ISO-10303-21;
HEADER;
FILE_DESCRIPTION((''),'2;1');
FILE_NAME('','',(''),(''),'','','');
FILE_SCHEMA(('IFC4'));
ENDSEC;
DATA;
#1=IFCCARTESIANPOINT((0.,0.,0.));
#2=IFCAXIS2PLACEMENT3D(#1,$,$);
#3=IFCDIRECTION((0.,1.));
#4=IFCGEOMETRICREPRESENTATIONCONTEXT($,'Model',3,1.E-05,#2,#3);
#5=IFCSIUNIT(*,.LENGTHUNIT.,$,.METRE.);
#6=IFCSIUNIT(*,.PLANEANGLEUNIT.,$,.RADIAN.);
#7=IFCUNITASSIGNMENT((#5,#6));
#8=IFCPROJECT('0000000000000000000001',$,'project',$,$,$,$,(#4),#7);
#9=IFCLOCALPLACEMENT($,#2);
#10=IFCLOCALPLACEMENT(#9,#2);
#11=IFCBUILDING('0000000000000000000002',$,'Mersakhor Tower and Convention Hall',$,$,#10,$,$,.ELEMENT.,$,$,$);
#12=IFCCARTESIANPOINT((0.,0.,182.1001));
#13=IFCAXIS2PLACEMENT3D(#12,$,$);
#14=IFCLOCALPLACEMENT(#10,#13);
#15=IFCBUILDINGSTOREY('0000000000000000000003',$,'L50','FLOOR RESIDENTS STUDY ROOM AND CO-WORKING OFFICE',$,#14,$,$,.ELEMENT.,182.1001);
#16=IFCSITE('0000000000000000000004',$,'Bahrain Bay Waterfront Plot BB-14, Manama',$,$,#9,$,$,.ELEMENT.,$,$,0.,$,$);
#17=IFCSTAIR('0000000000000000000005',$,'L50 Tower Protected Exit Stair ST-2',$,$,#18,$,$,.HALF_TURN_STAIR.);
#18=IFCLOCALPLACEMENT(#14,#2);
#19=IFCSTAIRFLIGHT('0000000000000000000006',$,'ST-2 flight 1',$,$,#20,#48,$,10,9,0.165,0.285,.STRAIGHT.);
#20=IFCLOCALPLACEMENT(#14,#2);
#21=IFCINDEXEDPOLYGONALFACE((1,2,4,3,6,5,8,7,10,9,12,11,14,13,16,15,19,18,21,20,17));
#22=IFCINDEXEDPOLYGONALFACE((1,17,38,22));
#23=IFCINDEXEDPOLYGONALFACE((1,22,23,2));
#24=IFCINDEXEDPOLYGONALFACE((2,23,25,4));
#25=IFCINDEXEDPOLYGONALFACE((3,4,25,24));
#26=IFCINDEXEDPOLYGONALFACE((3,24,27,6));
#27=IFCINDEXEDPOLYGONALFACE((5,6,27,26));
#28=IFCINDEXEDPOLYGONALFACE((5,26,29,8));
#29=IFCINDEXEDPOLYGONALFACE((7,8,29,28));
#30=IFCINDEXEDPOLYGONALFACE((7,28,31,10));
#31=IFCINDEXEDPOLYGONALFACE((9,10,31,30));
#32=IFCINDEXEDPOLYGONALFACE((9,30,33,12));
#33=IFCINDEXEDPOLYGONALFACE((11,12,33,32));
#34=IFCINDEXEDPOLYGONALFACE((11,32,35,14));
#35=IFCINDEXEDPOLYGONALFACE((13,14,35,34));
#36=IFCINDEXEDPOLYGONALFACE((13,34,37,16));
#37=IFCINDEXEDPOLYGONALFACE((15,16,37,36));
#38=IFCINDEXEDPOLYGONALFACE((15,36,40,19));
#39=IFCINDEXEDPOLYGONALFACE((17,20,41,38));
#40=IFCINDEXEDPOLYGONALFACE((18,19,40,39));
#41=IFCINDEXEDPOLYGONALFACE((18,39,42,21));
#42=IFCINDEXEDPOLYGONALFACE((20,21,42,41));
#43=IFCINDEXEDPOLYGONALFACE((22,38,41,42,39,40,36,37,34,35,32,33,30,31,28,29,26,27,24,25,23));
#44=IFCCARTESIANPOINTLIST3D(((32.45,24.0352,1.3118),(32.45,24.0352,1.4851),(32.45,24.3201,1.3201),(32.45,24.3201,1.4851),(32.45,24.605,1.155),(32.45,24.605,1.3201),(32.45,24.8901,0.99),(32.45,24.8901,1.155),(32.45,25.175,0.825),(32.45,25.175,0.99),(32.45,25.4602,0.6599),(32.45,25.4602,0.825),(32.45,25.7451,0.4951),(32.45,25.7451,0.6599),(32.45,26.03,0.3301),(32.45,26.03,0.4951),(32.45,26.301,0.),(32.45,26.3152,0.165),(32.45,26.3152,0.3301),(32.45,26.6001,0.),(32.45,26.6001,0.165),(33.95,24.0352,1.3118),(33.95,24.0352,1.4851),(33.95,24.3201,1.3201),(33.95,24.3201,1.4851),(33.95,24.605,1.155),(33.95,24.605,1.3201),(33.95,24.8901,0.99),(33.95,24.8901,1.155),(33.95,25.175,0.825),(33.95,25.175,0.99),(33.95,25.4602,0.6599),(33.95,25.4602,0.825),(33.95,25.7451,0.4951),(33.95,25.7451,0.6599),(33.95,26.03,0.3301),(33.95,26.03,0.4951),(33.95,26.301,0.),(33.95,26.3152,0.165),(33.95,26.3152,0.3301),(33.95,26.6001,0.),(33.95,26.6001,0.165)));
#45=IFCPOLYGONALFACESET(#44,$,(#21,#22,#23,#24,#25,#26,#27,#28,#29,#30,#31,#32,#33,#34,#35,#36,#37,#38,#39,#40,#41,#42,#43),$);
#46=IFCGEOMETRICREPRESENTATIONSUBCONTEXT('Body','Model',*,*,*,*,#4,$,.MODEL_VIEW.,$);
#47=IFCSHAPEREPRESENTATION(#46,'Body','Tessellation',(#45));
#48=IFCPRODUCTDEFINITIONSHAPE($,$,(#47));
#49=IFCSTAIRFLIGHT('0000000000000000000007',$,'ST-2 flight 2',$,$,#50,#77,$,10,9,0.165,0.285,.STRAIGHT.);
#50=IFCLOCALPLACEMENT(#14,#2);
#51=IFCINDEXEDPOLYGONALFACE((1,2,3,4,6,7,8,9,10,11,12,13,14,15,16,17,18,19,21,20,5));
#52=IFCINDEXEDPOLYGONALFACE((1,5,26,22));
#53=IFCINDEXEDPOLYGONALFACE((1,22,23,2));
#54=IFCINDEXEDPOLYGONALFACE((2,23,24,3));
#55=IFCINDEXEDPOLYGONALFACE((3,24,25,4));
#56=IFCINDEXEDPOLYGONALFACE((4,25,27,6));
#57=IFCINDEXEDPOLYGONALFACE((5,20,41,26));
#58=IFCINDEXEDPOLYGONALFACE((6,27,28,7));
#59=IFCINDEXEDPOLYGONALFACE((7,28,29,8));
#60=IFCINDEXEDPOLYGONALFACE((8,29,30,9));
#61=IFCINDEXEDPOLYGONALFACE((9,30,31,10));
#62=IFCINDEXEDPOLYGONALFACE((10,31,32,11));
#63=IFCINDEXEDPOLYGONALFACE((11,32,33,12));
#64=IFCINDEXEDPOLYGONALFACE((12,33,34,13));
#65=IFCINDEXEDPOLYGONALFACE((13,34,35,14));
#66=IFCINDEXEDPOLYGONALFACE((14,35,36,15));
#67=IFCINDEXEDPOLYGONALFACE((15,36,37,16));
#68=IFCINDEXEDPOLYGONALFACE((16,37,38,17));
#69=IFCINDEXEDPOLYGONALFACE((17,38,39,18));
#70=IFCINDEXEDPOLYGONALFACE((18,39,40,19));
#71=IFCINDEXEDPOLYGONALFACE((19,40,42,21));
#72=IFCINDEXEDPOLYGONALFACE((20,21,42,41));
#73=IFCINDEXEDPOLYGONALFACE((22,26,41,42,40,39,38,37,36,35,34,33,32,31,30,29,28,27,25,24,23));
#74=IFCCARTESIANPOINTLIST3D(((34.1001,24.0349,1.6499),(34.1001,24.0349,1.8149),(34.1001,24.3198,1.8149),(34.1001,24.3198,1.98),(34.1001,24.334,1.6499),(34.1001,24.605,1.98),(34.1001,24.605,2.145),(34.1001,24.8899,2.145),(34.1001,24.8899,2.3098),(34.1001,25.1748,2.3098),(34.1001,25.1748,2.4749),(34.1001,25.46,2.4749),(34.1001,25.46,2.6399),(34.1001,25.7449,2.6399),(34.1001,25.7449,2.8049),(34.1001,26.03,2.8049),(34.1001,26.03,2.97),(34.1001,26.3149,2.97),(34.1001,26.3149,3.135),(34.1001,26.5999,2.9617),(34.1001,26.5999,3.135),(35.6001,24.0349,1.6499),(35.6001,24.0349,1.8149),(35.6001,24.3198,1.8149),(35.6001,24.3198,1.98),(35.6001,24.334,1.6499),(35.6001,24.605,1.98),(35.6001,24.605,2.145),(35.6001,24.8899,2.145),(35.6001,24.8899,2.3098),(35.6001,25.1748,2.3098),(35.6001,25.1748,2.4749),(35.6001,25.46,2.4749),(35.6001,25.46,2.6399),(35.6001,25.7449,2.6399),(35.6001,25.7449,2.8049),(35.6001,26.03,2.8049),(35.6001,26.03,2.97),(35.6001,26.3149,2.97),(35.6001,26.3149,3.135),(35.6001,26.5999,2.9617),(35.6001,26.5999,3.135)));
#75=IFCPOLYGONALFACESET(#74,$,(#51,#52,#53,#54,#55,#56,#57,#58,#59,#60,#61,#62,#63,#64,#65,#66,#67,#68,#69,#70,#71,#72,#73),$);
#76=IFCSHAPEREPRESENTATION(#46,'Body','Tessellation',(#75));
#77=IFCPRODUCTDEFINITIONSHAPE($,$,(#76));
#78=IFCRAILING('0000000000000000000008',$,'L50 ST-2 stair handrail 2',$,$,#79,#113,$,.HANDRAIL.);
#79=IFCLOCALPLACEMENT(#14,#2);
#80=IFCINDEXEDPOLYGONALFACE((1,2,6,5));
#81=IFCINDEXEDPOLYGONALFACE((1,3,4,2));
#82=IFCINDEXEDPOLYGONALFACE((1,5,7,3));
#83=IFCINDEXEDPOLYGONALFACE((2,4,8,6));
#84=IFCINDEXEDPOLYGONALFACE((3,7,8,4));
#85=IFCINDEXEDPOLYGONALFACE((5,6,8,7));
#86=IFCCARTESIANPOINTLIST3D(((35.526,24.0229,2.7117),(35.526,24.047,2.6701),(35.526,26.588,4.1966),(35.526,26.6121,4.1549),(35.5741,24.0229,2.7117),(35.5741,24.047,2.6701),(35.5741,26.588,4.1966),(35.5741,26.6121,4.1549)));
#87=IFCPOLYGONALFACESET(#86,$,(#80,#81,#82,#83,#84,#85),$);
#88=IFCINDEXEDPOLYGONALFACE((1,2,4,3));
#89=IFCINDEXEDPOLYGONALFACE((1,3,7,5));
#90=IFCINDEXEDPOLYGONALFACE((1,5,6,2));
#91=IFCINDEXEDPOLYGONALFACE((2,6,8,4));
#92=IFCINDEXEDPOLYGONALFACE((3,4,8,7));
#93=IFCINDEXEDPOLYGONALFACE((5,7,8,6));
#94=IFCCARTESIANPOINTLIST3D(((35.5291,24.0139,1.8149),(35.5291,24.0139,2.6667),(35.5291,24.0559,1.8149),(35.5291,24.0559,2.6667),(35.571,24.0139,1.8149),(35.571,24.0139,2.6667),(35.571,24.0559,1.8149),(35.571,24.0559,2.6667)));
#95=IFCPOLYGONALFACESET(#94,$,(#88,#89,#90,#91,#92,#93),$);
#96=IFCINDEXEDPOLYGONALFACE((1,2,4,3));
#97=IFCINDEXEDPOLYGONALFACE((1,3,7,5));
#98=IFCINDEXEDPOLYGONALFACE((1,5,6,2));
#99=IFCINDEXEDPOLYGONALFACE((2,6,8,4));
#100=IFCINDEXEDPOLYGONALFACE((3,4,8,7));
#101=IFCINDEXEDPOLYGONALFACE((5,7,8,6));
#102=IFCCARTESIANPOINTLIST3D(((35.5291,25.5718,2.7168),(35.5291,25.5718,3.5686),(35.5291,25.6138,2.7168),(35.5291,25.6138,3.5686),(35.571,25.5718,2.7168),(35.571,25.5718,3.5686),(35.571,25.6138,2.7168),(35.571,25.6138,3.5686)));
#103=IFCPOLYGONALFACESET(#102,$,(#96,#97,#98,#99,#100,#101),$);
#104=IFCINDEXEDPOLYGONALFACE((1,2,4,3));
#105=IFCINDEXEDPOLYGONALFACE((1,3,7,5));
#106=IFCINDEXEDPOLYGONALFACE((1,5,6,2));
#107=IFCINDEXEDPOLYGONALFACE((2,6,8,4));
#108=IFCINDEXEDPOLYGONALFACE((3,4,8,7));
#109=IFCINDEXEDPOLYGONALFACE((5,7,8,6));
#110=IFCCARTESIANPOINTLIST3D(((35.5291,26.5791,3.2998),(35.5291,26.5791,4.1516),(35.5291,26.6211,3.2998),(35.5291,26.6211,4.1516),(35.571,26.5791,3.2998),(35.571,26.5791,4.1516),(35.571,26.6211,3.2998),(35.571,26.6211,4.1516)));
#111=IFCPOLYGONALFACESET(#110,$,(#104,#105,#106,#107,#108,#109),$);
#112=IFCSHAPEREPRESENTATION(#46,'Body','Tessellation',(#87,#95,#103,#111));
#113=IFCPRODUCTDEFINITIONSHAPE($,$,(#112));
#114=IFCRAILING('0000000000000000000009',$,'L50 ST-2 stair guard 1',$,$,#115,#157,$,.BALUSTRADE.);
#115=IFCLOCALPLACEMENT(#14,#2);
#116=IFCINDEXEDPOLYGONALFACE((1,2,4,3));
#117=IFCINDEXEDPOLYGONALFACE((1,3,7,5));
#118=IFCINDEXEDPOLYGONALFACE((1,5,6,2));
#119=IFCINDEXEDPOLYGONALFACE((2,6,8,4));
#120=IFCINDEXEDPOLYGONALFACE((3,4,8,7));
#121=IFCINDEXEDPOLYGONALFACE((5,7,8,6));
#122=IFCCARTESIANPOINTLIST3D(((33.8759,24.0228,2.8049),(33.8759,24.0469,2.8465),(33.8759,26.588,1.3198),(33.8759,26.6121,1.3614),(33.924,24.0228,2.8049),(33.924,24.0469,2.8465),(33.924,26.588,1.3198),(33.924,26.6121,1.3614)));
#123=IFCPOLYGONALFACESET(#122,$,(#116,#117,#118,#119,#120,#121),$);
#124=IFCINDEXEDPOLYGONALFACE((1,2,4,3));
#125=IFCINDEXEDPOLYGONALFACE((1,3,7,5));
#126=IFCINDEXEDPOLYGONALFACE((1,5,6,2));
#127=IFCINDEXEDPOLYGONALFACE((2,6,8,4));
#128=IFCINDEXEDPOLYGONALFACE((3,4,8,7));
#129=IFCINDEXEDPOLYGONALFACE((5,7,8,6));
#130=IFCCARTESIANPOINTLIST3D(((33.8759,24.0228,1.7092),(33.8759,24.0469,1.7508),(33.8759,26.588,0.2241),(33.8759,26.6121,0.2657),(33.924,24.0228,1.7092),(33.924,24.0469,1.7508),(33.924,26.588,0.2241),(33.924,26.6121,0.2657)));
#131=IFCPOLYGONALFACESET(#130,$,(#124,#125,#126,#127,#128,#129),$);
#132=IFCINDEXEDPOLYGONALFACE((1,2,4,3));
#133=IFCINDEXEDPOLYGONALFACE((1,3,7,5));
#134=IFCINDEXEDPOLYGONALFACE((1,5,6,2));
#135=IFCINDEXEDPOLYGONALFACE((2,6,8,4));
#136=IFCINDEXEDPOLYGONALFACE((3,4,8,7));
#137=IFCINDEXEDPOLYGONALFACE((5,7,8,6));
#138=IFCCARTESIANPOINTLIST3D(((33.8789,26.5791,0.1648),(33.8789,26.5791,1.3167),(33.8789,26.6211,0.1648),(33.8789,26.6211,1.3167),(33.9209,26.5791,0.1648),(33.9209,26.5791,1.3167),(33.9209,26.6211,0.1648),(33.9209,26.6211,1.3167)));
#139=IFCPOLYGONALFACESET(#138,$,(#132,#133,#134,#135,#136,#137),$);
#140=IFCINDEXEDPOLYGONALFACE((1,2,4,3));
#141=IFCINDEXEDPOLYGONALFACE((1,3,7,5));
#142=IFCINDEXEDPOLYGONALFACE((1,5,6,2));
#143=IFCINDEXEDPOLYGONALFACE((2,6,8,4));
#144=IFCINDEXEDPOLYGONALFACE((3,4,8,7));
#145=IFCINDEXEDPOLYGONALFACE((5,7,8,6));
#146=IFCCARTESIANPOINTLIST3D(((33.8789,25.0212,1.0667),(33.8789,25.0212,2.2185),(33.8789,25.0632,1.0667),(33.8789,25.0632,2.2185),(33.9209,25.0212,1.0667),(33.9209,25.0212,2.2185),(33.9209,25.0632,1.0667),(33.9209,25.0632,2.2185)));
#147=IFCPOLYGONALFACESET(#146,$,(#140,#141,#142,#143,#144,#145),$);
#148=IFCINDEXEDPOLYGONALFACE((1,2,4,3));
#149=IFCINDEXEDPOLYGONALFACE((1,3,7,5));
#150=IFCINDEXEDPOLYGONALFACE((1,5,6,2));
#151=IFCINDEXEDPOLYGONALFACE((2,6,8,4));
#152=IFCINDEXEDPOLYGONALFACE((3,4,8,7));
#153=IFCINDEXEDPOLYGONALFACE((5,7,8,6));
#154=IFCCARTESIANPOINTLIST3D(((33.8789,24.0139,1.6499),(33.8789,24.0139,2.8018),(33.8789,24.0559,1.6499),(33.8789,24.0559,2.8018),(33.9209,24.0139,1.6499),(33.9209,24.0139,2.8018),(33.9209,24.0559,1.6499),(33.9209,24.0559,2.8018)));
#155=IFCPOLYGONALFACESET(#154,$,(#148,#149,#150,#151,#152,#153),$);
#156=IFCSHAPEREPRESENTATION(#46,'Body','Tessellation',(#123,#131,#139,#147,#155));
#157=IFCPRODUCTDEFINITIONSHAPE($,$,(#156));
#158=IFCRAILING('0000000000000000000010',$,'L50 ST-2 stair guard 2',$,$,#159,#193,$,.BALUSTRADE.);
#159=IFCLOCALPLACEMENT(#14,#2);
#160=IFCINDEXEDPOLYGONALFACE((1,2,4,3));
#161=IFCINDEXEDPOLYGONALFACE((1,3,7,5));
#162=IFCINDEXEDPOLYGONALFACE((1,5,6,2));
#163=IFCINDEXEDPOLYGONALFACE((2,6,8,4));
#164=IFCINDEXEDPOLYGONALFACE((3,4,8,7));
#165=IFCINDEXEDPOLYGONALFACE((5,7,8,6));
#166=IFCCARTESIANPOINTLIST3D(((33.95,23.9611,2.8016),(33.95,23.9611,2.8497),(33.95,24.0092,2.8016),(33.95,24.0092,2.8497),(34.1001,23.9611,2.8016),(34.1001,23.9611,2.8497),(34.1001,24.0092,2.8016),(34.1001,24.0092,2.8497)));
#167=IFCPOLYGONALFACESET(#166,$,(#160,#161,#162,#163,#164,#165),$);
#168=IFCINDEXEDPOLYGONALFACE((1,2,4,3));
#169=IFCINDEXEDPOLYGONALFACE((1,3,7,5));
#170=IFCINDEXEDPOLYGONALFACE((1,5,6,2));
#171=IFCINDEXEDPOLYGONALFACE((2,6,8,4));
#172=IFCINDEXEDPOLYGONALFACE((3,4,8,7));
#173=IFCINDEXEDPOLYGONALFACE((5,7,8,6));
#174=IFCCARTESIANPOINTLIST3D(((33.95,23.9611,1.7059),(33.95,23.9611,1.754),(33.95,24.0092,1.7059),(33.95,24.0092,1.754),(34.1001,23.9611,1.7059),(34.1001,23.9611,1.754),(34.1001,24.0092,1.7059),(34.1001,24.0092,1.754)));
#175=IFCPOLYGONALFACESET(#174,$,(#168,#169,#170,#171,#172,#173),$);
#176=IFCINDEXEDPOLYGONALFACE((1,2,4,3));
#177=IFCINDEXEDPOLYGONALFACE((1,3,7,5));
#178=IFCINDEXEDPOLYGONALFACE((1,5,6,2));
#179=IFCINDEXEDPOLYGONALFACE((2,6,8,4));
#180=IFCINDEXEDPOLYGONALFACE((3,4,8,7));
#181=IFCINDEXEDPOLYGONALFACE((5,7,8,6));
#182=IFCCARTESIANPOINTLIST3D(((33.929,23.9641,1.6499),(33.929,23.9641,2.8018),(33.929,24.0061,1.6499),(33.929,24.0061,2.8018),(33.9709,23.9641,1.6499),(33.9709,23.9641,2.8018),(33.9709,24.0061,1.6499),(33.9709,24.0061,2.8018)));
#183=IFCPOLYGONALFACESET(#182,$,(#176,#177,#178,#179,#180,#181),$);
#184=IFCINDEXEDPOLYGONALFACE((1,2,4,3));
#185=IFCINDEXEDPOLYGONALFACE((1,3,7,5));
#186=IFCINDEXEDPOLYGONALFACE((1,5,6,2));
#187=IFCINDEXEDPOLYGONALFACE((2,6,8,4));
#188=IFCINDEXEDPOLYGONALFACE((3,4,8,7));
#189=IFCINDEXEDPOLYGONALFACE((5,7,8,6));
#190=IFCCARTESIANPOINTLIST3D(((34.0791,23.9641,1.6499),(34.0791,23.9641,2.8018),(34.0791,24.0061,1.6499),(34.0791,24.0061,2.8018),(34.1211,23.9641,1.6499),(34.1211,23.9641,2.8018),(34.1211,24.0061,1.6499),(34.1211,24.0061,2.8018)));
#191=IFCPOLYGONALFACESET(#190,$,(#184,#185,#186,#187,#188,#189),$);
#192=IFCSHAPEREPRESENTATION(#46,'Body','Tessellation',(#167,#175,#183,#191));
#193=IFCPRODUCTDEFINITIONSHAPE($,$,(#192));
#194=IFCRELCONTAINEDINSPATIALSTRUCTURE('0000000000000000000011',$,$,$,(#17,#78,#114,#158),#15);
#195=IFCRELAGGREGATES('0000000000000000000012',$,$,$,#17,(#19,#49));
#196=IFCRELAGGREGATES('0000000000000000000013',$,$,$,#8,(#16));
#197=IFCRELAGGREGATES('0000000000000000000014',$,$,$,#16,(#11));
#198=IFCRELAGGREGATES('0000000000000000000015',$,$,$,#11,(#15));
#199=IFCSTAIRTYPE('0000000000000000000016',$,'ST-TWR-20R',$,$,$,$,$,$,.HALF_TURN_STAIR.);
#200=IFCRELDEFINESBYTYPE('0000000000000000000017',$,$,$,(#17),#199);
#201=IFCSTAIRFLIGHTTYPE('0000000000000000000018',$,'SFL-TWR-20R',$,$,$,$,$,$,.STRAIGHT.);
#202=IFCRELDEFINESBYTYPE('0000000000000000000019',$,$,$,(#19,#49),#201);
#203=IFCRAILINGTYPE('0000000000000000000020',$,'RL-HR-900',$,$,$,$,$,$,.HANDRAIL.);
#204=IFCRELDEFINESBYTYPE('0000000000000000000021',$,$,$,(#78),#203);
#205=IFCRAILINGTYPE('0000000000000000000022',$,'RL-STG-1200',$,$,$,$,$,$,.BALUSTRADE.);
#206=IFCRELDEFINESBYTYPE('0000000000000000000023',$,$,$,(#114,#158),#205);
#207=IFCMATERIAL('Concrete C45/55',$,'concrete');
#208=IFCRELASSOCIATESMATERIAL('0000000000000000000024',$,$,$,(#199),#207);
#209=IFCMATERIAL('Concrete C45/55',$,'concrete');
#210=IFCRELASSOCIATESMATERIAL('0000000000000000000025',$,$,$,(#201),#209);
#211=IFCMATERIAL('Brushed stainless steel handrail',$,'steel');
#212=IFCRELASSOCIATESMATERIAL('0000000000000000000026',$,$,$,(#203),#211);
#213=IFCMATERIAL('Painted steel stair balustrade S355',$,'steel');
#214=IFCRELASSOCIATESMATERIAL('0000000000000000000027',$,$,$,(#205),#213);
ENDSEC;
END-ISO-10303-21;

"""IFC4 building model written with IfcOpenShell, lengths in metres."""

from ifc_helpers import new_model, si_unit, direction, frame, origin, origin_2d, place, context, subcontext, project, spatial, polyline, rectangle, outline, extrude, material, type_object, element, aggregate, save


model = new_model("IFC4")

# Units and contexts
model_context = context("Model", 3, precision=1e-05, world=origin(), true_north=direction((0.0, 1.0)))
body_context = subcontext(model_context, "Body", "Model", "MODEL_VIEW")
ifc_project = project(units=[si_unit("LENGTHUNIT", "METRE"), si_unit("PLANEANGLEUNIT", "RADIAN")], contexts=[model_context])

# Site, building, storey
site_placement = place(None, origin())
site = spatial("IfcSite", under=ifc_project, at=site_placement, Name="Bahrain Bay Waterfront Plot BB-14, Manama", CompositionType="ELEMENT", RefElevation=0.0)
building_placement = place(site_placement, origin())
building = spatial("IfcBuilding", under=site, at=building_placement, Name="Mersakhor Tower and Convention Hall", CompositionType="ELEMENT")
storey_placement = place(building_placement, frame((0.0, 0.0, 182.1001)))
storey = spatial("IfcBuildingStorey", under=building, at=storey_placement, Name="L50", Description="FLOOR RESIDENTS STUDY ROOM AND CO-WORKING OFFICE", CompositionType="ELEMENT", Elevation=182.1001)

# Stair, stair flights
ifc_material_1 = material(Name="Concrete C45/55", Category="concrete")
stair_type = type_object("IfcStairType", Name="ST-TWR-20R", PredefinedType="HALF_TURN_STAIR", material=ifc_material_1)
stair_placement = place(storey_placement, origin())
stair = element("IfcStair", 1, at=stair_placement, inside=storey, type_object=stair_type, Name="L50 Tower Protected Exit Stair ST-2", PredefinedType="HALF_TURN_STAIR")
ifc_material_2 = material(Name="Concrete C45/55", Category="concrete")
stair_flight_type = type_object("IfcStairFlightType", Name="SFL-TWR-20R", PredefinedType="STRAIGHT", material=ifc_material_2)
stair_flight_1_placement = place(storey_placement, frame((33.2, 26.6001, 0.0), z_axis=(0.0, 0.0, 1.0), x_axis=(0.0, -1.0, 0.0)))
stair_flight_1 = element("IfcStairFlight", 2, at=stair_flight_1_placement, type_object=stair_flight_type, Name="ST-2 flight 1", NumberOfRisers=10, NumberOfTreads=9, PredefinedType="STRAIGHT", RiserHeight=0.165, TreadLength=0.285, context=body_context, shape_type="SweptSolid", body=[
    extrude(outline(polyline([(0.0, 0.0), (0.0, 0.165), (0.2849, 0.165), (0.2849, 0.3301), (0.5701, 0.3301), (0.5701, 0.4951), (0.855, 0.4951), (0.855, 0.6599), (1.1399, 0.6599), (1.1399, 0.825), (1.425, 0.825), (1.425, 0.99), (1.71, 0.99), (1.71, 1.155), (1.9951, 1.155), (1.9951, 1.3201), (2.28, 1.3201), (2.28, 1.4851), (2.5649, 1.4851), (2.5649, 1.6499), (2.5649, 1.3118), (0.2991, 0.0), (0.0, 0.0)])), frame((0.0, 0.75, 0.0), z_axis=(0.0, -1.0, 0.0), x_axis=(1.0, 0.0, 0.0)), (0.0, 0.0, 1.0), 1.5),
])
stair_flight_2_placement = place(storey_placement, frame((34.8501, 24.0349, 1.6499), z_axis=(0.0, 0.0, 1.0), x_axis=(0.0, 1.0, 0.0)))
stair_flight_2 = element("IfcStairFlight", 3, at=stair_flight_2_placement, type_object=stair_flight_type, Name="ST-2 flight 2", NumberOfRisers=10, NumberOfTreads=9, PredefinedType="STRAIGHT", RiserHeight=0.165, TreadLength=0.285, context=body_context, shape_type="SweptSolid", body=[
    extrude(outline(polyline([(0.0, 0.0), (0.0, 0.165), (0.2849, 0.165), (0.2849, 0.3301), (0.5701, 0.3301), (0.5701, 0.4951), (0.855, 0.4951), (0.855, 0.6599), (1.1399, 0.6599), (1.1399, 0.825), (1.425, 0.825), (1.425, 0.99), (1.71, 0.99), (1.71, 1.155), (1.9951, 1.155), (1.9951, 1.3201), (2.28, 1.3201), (2.28, 1.4851), (2.5649, 1.4851), (2.5649, 1.6499), (2.5649, 1.3118), (0.2991, 0.0), (0.0, 0.0)])), frame((0.0, 0.75, 0.0), z_axis=(0.0, -1.0, 0.0), x_axis=(1.0, 0.0, 0.0)), (0.0, 0.0, 1.0), 1.5),
])
aggregate(stair, [stair_flight_1, stair_flight_2])

# Railings
ifc_material_3 = material(Name="Brushed stainless steel handrail", Category="steel")
railing_type_1 = type_object("IfcRailingType", Name="RL-HR-900", PredefinedType="HANDRAIL", material=ifc_material_3)
railing_1_placement = place(storey_placement, frame((35.55, 24.0349, 1.8149)))
element("IfcRailing", 4, at=railing_1_placement, inside=storey, type_object=railing_type_1, Name="L50 ST-2 stair handrail 2", PredefinedType="HANDRAIL", context=body_context, shape_type="SweptSolid", body=[
    extrude(rectangle(XDim=0.0481, YDim=0.0481, at=origin_2d()), frame((0.0, 0.0, 0.876), z_axis=(0.0, 0.865462, 0.500975), x_axis=(-1.0, 0.0, 0.0)), (0.0, 0.0, 1.0), 2.9639),
    extrude(rectangle(XDim=0.042, YDim=0.042, at=origin_2d()), origin(), (0.0, 0.0, 1.0), 0.8518),
    extrude(rectangle(XDim=0.042, YDim=0.042, at=origin_2d()), frame((0.0, 1.5579, 0.9019)), (0.0, 0.0, 1.0), 0.8518),
    extrude(rectangle(XDim=0.042, YDim=0.042, at=origin_2d()), frame((0.0, 2.5652, 1.4849)), (0.0, 0.0, 1.0), 0.8518),
])
ifc_material_4 = material(Name="Painted steel stair balustrade S355", Category="steel")
railing_type_2 = type_object("IfcRailingType", Name="RL-STG-1200", PredefinedType="BALUSTRADE", material=ifc_material_4)
railing_2_placement = place(storey_placement, frame((33.8999, 26.6001, 0.1648)))
element("IfcRailing", 5, at=railing_2_placement, inside=storey, type_object=railing_type_2, Name="L50 ST-2 stair guard 1", PredefinedType="BALUSTRADE", context=body_context, shape_type="SweptSolid", body=[
    extrude(rectangle(XDim=0.0481, YDim=0.0481, at=origin_2d()), frame((0.0, 0.0, 1.1758), z_axis=(0.0, -0.865426, 0.501036), x_axis=(1.0, 0.0, 0.0)), (0.0, 0.0, 1.0), 2.9641),
    extrude(rectangle(XDim=0.0481, YDim=0.0481, at=origin_2d()), frame((0.0, 0.0, 0.0801), z_axis=(0.0, -0.865426, 0.501036), x_axis=(1.0, 0.0, 0.0)), (0.0, 0.0, 1.0), 2.9641),
    extrude(rectangle(XDim=0.042, YDim=0.042, at=origin_2d()), origin(), (0.0, 0.0, 1.0), 1.1519),
    extrude(rectangle(XDim=0.042, YDim=0.042, at=origin_2d()), frame((0.0, -1.5579, 0.9019)), (0.0, 0.0, 1.0), 1.1519),
    extrude(rectangle(XDim=0.042, YDim=0.042, at=origin_2d()), frame((0.0, -2.5652, 1.4851)), (0.0, 0.0, 1.0), 1.1519),
])
railing_3_placement = place(storey_placement, frame((33.95, 23.9851, 1.6499)))
element("IfcRailing", 6, at=railing_3_placement, inside=storey, type_object=railing_type_2, Name="L50 ST-2 stair guard 2", PredefinedType="BALUSTRADE", context=body_context, shape_type="SweptSolid", body=[
    extrude(rectangle(XDim=0.0481, YDim=0.0481, at=origin_2d()), frame((0.0, 0.0, 1.1758), z_axis=(1.0, 0.0, 0.0), x_axis=(0.0, 1.0, 0.0)), (0.0, 0.0, 1.0), 0.1501),
    extrude(rectangle(XDim=0.0481, YDim=0.0481, at=origin_2d()), frame((0.0, 0.0, 0.0801), z_axis=(1.0, 0.0, 0.0), x_axis=(0.0, 1.0, 0.0)), (0.0, 0.0, 1.0), 0.1501),
    extrude(rectangle(XDim=0.042, YDim=0.042, at=origin_2d()), origin(), (0.0, 0.0, 1.0), 1.1519),
    extrude(rectangle(XDim=0.042, YDim=0.042, at=origin_2d()), frame((0.1501, 0.0, 0.0)), (0.0, 0.0, 1.0), 1.1519),
])

save(model, "model.ifc")
